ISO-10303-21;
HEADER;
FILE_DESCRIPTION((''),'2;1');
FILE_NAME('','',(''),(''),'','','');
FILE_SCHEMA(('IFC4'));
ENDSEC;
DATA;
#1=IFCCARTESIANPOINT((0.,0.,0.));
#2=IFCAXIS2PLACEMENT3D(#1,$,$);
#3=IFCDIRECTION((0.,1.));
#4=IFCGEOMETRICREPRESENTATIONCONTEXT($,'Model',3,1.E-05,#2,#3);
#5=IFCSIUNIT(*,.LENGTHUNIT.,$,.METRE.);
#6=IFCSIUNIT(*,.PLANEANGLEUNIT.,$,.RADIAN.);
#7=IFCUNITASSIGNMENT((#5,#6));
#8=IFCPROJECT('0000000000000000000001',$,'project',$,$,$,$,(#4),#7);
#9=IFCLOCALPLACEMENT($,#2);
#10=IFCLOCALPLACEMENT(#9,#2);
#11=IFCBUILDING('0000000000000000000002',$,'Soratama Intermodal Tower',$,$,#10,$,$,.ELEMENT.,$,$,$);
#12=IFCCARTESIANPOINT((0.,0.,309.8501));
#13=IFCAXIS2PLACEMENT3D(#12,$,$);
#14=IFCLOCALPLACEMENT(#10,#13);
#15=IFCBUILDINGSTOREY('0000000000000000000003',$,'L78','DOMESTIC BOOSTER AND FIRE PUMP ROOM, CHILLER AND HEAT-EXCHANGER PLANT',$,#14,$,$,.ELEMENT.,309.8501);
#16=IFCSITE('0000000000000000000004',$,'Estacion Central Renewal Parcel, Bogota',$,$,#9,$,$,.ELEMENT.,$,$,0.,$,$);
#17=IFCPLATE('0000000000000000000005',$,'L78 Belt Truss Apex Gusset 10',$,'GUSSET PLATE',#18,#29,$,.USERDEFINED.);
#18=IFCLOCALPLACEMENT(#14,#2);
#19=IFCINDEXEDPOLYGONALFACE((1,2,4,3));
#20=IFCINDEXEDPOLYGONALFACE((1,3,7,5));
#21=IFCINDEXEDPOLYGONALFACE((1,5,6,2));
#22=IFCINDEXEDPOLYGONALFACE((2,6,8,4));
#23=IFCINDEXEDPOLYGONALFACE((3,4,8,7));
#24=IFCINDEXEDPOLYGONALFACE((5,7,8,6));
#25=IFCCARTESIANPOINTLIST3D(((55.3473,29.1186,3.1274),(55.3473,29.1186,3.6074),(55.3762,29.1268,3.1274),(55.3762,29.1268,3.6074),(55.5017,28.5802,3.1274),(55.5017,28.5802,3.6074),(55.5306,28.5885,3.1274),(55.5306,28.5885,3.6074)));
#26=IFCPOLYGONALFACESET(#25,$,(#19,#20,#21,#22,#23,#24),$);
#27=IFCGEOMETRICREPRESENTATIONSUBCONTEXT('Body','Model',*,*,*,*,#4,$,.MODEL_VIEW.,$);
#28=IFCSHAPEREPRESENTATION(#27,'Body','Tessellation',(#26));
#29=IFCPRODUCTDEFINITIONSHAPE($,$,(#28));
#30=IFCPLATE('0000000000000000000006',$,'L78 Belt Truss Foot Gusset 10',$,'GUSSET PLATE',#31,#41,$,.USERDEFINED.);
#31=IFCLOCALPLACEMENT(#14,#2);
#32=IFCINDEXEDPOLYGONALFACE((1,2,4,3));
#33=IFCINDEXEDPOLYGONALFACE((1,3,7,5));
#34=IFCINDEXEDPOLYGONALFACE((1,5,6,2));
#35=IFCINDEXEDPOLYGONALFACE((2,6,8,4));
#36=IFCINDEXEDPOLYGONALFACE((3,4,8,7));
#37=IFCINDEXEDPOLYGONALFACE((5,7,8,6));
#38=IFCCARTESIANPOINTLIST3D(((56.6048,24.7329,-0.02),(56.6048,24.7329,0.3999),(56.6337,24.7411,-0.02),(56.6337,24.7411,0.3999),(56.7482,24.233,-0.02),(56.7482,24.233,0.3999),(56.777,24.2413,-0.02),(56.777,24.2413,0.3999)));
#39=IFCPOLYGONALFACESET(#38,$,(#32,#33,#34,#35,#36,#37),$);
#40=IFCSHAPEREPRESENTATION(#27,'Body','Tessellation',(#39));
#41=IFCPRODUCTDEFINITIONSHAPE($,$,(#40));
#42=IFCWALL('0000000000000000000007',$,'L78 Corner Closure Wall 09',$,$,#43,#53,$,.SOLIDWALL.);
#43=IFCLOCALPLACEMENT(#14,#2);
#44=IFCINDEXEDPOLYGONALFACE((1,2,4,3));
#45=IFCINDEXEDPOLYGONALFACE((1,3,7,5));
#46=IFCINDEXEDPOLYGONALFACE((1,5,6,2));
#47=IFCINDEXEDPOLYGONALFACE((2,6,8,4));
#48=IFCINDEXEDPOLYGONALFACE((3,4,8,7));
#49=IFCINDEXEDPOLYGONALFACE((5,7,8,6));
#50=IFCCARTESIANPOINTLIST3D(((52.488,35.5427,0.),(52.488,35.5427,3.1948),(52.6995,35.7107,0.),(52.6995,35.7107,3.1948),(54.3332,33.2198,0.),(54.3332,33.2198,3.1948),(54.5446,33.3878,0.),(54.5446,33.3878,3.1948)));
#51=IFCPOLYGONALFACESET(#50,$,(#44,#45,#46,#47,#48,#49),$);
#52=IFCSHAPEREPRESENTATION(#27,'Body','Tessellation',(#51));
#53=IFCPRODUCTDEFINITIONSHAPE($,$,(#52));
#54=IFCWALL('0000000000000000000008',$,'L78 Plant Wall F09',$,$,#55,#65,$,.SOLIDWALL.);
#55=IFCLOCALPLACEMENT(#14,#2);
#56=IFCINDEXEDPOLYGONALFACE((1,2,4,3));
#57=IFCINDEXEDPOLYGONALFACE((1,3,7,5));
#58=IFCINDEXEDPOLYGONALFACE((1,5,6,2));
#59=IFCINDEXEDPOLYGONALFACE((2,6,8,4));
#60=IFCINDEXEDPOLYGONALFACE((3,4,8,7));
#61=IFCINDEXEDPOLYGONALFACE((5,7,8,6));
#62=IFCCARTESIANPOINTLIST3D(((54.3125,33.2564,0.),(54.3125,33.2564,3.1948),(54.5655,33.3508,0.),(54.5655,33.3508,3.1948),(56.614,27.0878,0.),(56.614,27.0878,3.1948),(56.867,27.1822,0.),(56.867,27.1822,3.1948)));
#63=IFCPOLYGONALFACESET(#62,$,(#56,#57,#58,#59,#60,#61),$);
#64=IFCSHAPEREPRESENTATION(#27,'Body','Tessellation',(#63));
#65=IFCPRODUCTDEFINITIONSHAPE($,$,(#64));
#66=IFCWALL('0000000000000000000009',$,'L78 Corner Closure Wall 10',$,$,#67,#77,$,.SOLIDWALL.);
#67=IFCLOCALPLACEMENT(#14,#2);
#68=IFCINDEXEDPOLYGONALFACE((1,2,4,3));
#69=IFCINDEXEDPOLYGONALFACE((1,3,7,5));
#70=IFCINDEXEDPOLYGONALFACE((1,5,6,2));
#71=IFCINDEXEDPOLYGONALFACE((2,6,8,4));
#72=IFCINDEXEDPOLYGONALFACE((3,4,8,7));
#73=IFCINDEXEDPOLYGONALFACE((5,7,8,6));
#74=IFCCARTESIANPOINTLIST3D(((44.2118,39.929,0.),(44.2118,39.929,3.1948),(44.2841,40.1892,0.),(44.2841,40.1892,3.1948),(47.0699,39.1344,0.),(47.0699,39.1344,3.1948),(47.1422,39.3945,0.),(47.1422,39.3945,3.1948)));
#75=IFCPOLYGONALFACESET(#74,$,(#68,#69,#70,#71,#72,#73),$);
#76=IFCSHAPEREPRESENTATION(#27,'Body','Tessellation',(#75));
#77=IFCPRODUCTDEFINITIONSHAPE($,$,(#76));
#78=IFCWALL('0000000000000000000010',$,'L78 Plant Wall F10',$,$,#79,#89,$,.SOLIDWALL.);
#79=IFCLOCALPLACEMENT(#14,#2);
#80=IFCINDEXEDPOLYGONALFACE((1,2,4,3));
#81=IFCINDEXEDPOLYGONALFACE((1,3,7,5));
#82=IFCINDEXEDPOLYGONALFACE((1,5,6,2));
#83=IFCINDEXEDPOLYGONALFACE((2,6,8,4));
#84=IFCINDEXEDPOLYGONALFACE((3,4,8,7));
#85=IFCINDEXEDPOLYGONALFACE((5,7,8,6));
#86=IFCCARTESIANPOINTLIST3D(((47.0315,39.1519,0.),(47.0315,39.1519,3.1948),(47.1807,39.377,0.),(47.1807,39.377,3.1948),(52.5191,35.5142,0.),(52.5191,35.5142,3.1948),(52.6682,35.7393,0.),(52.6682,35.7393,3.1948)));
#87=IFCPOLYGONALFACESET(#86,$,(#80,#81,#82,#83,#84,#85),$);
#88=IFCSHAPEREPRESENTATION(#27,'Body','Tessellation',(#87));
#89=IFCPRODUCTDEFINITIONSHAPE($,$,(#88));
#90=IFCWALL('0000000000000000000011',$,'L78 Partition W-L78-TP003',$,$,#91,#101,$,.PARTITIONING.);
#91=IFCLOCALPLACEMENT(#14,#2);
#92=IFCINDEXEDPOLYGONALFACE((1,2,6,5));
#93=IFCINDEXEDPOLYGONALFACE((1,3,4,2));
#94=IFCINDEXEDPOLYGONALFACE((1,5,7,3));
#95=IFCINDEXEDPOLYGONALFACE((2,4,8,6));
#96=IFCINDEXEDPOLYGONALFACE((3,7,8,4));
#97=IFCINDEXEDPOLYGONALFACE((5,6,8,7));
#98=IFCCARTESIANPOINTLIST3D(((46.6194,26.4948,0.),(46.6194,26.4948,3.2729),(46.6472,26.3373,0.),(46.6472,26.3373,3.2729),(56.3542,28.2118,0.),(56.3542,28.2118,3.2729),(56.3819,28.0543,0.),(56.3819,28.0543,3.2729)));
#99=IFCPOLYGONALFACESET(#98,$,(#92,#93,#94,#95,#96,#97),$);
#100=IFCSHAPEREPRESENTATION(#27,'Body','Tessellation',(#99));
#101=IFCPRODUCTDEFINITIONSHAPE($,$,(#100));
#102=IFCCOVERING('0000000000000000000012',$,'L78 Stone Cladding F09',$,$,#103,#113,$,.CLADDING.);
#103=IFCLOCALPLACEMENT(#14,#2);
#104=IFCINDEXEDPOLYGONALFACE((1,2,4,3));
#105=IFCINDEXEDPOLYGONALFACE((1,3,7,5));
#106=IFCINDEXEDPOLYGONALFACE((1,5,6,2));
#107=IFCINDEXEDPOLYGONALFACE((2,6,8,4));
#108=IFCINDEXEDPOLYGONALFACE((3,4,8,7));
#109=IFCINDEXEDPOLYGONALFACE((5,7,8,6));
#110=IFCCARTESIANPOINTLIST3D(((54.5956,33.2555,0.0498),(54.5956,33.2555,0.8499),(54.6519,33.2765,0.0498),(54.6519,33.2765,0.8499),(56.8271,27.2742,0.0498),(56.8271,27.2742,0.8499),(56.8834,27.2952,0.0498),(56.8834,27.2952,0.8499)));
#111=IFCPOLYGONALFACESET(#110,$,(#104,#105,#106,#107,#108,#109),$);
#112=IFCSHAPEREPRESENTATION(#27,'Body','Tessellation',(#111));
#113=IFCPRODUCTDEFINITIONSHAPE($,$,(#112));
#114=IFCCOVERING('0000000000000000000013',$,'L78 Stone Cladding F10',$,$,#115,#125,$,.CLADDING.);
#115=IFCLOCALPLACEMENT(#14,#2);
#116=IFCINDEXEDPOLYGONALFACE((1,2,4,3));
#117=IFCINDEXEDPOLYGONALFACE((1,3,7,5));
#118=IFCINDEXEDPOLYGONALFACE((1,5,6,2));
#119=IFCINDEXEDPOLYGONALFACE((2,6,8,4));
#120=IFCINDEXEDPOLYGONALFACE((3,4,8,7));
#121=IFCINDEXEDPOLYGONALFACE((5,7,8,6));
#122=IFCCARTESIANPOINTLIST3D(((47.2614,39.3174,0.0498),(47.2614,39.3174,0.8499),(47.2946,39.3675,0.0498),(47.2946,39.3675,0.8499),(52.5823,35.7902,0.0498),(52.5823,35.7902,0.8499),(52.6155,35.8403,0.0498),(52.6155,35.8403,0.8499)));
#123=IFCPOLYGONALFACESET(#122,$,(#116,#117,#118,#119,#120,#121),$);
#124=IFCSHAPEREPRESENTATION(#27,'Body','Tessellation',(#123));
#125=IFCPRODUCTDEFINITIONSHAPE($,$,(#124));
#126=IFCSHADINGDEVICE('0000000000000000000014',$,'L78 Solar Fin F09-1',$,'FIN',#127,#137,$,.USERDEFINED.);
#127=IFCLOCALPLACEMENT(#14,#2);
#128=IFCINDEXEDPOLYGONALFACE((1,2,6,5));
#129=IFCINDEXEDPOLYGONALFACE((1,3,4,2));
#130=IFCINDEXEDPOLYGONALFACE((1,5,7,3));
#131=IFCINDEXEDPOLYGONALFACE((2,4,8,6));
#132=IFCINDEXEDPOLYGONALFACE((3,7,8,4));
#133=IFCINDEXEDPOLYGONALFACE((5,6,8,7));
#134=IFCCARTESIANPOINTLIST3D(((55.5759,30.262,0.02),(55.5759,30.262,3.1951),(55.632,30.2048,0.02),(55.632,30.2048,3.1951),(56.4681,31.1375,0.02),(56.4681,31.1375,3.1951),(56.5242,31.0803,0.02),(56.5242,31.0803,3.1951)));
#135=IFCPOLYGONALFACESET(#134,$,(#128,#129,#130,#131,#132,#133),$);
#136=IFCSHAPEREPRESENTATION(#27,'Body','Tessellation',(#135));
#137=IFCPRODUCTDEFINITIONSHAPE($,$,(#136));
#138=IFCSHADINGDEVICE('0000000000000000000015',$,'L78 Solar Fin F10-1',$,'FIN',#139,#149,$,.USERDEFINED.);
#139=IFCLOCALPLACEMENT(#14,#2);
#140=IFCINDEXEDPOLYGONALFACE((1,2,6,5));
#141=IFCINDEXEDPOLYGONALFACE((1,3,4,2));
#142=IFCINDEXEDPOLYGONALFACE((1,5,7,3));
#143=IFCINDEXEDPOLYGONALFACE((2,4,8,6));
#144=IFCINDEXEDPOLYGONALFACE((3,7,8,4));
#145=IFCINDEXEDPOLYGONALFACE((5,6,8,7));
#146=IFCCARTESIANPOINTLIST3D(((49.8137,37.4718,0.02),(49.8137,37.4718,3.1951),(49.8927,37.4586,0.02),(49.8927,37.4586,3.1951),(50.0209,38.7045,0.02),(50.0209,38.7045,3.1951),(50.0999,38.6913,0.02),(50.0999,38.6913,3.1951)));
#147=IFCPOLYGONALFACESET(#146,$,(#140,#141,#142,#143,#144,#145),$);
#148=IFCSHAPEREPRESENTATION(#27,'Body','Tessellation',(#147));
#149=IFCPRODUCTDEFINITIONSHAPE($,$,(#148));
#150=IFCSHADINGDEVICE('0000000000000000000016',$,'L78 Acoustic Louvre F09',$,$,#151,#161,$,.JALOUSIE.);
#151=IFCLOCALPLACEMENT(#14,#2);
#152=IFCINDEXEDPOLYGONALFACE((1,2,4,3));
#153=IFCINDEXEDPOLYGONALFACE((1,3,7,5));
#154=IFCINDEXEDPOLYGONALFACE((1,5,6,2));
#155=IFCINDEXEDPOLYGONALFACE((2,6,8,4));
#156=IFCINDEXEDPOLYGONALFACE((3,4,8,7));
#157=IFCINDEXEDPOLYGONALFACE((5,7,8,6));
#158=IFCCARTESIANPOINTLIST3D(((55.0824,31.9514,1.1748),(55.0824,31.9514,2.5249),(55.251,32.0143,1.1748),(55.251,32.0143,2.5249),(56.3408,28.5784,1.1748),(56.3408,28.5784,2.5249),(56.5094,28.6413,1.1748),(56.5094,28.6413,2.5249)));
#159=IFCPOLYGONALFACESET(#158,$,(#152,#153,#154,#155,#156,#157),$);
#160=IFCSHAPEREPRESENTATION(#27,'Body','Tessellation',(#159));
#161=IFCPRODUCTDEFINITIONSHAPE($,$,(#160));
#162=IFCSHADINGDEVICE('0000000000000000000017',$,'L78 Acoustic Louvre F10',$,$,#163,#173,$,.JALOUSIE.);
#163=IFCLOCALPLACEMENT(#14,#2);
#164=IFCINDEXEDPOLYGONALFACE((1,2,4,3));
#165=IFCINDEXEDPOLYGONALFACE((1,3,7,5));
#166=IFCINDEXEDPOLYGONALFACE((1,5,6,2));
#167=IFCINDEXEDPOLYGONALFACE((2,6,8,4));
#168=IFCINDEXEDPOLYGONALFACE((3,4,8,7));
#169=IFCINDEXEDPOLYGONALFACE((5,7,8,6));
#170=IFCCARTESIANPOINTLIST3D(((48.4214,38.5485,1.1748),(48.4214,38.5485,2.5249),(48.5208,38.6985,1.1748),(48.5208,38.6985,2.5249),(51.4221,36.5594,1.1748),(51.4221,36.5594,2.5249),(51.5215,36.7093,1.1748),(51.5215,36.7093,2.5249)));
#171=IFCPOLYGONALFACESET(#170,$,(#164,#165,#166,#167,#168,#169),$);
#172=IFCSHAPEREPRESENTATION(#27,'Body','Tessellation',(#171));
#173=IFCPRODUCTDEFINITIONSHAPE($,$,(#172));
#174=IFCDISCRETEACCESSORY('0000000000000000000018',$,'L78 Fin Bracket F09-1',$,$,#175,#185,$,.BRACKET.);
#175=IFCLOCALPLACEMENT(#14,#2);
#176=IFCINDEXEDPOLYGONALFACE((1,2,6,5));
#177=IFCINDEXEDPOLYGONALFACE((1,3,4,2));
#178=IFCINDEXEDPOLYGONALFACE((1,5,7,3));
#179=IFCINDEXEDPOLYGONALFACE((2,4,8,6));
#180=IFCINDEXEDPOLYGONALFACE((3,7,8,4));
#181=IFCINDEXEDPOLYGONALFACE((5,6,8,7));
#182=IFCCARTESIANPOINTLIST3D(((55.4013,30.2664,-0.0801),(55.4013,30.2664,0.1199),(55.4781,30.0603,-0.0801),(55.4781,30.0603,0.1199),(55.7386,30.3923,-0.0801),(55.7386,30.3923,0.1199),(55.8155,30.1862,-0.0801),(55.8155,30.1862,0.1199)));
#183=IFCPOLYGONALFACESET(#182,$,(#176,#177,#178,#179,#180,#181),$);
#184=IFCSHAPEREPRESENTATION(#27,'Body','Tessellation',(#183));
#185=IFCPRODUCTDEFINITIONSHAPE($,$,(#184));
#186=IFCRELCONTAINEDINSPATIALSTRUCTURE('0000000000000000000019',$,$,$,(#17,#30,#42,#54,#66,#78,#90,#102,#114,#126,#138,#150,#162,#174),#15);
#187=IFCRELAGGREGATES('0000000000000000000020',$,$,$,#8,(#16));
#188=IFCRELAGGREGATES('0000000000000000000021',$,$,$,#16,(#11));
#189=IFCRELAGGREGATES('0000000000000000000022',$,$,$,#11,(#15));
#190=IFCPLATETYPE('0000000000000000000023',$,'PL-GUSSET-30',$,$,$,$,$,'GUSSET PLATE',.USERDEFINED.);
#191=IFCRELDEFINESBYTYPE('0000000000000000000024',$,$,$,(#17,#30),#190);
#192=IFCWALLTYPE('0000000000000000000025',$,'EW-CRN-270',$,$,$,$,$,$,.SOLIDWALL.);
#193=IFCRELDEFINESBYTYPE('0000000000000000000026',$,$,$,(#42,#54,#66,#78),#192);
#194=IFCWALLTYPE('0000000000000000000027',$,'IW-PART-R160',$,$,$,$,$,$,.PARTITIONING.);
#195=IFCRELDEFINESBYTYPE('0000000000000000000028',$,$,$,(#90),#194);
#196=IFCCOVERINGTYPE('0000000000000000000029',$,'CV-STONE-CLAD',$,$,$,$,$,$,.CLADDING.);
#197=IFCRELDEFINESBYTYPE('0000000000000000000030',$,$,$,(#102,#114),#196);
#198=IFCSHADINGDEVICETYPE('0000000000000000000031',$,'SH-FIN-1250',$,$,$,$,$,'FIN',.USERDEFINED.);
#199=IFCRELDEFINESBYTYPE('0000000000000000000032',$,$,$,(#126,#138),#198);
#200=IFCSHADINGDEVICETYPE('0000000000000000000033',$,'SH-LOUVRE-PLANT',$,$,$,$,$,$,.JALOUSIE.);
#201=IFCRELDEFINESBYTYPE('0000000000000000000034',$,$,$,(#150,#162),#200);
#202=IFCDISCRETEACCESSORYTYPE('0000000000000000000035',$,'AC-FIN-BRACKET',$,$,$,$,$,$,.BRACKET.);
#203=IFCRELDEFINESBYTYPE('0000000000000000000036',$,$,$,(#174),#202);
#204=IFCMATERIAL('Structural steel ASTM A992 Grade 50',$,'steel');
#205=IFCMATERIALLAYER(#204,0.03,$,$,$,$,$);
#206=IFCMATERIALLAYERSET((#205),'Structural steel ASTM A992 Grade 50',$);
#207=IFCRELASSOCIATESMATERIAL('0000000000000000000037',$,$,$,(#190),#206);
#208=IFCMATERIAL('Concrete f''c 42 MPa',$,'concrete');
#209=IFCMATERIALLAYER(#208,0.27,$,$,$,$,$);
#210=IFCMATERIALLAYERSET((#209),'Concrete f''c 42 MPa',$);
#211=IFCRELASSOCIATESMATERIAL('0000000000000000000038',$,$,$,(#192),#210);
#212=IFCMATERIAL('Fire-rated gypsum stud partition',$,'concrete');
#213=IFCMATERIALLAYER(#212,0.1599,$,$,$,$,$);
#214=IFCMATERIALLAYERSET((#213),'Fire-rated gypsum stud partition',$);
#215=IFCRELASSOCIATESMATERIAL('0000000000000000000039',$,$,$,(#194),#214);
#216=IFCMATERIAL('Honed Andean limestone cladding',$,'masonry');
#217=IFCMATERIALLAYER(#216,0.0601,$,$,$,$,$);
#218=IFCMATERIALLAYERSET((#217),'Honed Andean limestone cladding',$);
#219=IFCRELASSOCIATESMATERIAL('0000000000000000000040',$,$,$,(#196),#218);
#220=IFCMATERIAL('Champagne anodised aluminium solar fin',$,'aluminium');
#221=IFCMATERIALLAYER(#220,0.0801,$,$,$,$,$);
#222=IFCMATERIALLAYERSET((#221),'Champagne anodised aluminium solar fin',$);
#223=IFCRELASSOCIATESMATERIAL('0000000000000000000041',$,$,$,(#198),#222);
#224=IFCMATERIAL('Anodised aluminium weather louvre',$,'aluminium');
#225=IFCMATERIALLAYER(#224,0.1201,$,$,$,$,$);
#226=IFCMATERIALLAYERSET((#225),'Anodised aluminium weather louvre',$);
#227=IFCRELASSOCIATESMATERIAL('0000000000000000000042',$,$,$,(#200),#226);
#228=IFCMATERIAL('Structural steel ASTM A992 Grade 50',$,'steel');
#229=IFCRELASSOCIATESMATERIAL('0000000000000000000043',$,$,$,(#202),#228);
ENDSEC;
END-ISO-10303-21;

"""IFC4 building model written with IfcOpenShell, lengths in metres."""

from ifc_helpers import new_model, si_unit, direction, frame, frame_2d, origin, origin_2d, place, context, subcontext, project, spatial, rectangle, extrude, material, layer, layer_set, type_object, element, save


model = new_model("IFC4")

# Units and contexts
model_context = context("Model", 3, precision=1e-05, world=origin(), true_north=direction((0.0, 1.0)))
body_context = subcontext(model_context, "Body", "Model", "MODEL_VIEW")
ifc_project = project(units=[si_unit("LENGTHUNIT", "METRE"), si_unit("PLANEANGLEUNIT", "RADIAN")], contexts=[model_context])

# Site, building, storey
site_placement = place(None, origin())
site = spatial("IfcSite", under=ifc_project, at=site_placement, Name="Estacion Central Renewal Parcel, Bogota", CompositionType="ELEMENT", RefElevation=0.0)
building_placement = place(site_placement, origin())
building = spatial("IfcBuilding", under=site, at=building_placement, Name="Soratama Intermodal Tower", CompositionType="ELEMENT")
storey_placement = place(building_placement, frame((0.0, 0.0, 309.8501)))
storey = spatial("IfcBuildingStorey", under=building, at=storey_placement, Name="L78", Description="DOMESTIC BOOSTER AND FIRE PUMP ROOM, CHILLER AND HEAT-EXCHANGER PLANT", CompositionType="ELEMENT", Elevation=309.8501)

# Plates
ifc_material_1 = material(Name="Structural steel ASTM A992 Grade 50", Category="steel")
ifc_layer_1 = layer(ifc_material_1, 0.03)
ifc_layer_set_1 = layer_set([ifc_layer_1], Name="Structural steel ASTM A992 Grade 50")
plate_type = type_object("IfcPlateType", Name="PL-GUSSET-30", ElementType="GUSSET PLATE", PredefinedType="USERDEFINED", material=ifc_layer_set_1)
plate_1_placement = place(storey_placement, frame((55.439, 28.8535, 3.1274), z_axis=(0.0, 0.0, 1.0), x_axis=(-0.275637, 0.961262, 0.0)))
element("IfcPlate", 1, at=plate_1_placement, inside=storey, type_object=plate_type, Name="L78 Belt Truss Apex Gusset 10", ObjectType="GUSSET PLATE", PredefinedType="USERDEFINED", context=body_context, shape_type="SweptSolid", body=[
    extrude(rectangle(XDim=0.5601, YDim=0.03, at=origin_2d()), origin(), (0.0, 0.0, 1.0), 0.48),
])
plate_2_placement = place(storey_placement, frame((56.6909, 24.4871, -0.02), z_axis=(0.0, 0.0, 1.0), x_axis=(-0.275637, 0.961262, 0.0)))
element("IfcPlate", 2, at=plate_2_placement, inside=storey, type_object=plate_type, Name="L78 Belt Truss Foot Gusset 10", ObjectType="GUSSET PLATE", PredefinedType="USERDEFINED", context=body_context, shape_type="SweptSolid", body=[
    extrude(rectangle(XDim=0.52, YDim=0.03, at=origin_2d()), origin(), (0.0, 0.0, 1.0), 0.4199),
])

# Walls
ifc_material_2 = material(Name="Concrete f'c 42 MPa", Category="concrete")
ifc_layer_2 = layer(ifc_material_2, 0.27)
ifc_layer_set_2 = layer_set([ifc_layer_2], Name="Concrete f'c 42 MPa")
wall_type_1 = type_object("IfcWallType", Name="EW-CRN-270", PredefinedType="SOLIDWALL", material=ifc_layer_set_2)
wall_1_placement = place(storey_placement, frame((54.439, 33.3037, 0.0), z_axis=(0.0, 0.0, 1.0), x_axis=(-0.621982, 0.783032, 0.0)))
element("IfcWall", 3, at=wall_1_placement, inside=storey, type_object=wall_type_1, Name="L78 Corner Closure Wall 09", PredefinedType="SOLIDWALL", context=body_context, shape_type="SweptSolid", body=[
    extrude(rectangle(XDim=2.9666, YDim=0.27, at=frame_2d((1.4834, 0.0))), origin(), (0.0, 0.0, 1.0), 3.1948),
])
wall_2_placement = place(storey_placement, frame((56.7405, 27.135, 0.0), z_axis=(0.0, 0.0, 1.0), x_axis=(-0.349558, 0.936915, 0.0)))
element("IfcWall", 4, at=wall_2_placement, inside=storey, type_object=wall_type_1, Name="L78 Plant Wall F09", PredefinedType="SOLIDWALL", context=body_context, shape_type="SweptSolid", body=[
    extrude(rectangle(XDim=6.584, YDim=0.27, at=frame_2d((3.292, 0.0))), origin(), (0.0, 0.0, 1.0), 3.1948),
])
wall_3_placement = place(storey_placement, frame((47.1062, 39.2644, 0.0), z_axis=(0.0, 0.0, 1.0), x_axis=(-0.963453, 0.267877, 0.0)))
element("IfcWall", 5, at=wall_3_placement, inside=storey, type_object=wall_type_1, Name="L78 Corner Closure Wall 10", PredefinedType="SOLIDWALL", context=body_context, shape_type="SweptSolid", body=[
    extrude(rectangle(XDim=2.9666, YDim=0.27, at=frame_2d((1.4834, 0.0))), origin(), (0.0, 0.0, 1.0), 3.1948),
])
wall_4_placement = place(storey_placement, frame((52.5938, 35.6267, 0.0), z_axis=(0.0, 0.0, 1.0), x_axis=(-0.833497, 0.552525, 0.0)))
element("IfcWall", 6, at=wall_4_placement, inside=storey, type_object=wall_type_1, Name="L78 Plant Wall F10", PredefinedType="SOLIDWALL", context=body_context, shape_type="SweptSolid", body=[
    extrude(rectangle(XDim=6.5837, YDim=0.27, at=frame_2d((3.292, 0.0))), origin(), (0.0, 0.0, 1.0), 3.1948),
])
ifc_material_3 = material(Name="Fire-rated gypsum stud partition", Category="concrete")
ifc_layer_3 = layer(ifc_material_3, 0.1599)
ifc_layer_set_3 = layer_set([ifc_layer_3], Name="Fire-rated gypsum stud partition")
wall_type_2 = type_object("IfcWallType", Name="IW-PART-R160", PredefinedType="PARTITIONING", material=ifc_layer_set_3)
wall_5_placement = place(storey_placement, frame((56.3679, 28.1331, 0.0), z_axis=(0.0, 0.0, 1.0), x_axis=(-0.984799, -0.173699, 0.0)))
element("IfcWall", 7, at=wall_5_placement, inside=storey, type_object=wall_type_2, Name="L78 Partition W-L78-TP003", PredefinedType="PARTITIONING", context=body_context, shape_type="SweptSolid", body=[
    extrude(rectangle(XDim=9.885, YDim=0.1599, at=frame_2d((4.9424, 0.0))), origin(), (0.0, 0.0, 1.0), 3.2729),
])

# Coverings
ifc_material_4 = material(Name="Honed Andean limestone cladding", Category="masonry")
ifc_layer_4 = layer(ifc_material_4, 0.0601)
ifc_layer_set_4 = layer_set([ifc_layer_4], Name="Honed Andean limestone cladding")
covering_type = type_object("IfcCoveringType", Name="CV-STONE-CLAD", PredefinedType="CLADDING", material=ifc_layer_set_4)
covering_1_placement = place(storey_placement, frame((55.7395, 30.2754, 0.0498), z_axis=(0.0, 0.0, 1.0), x_axis=(-0.349553, 0.936916, 0.0)))
element("IfcCovering", 8, at=covering_1_placement, inside=storey, type_object=covering_type, Name="L78 Stone Cladding F09", PredefinedType="CLADDING", context=body_context, shape_type="SweptSolid", body=[
    extrude(rectangle(XDim=6.384, YDim=0.0601, at=origin_2d()), origin(), (0.0, 0.0, 1.0), 0.8),
])
covering_2_placement = place(storey_placement, frame((49.9385, 37.5789, 0.0498), z_axis=(0.0, 0.0, 1.0), x_axis=(-0.8335, 0.552519, 0.0)))
element("IfcCovering", 9, at=covering_2_placement, inside=storey, type_object=covering_type, Name="L78 Stone Cladding F10", PredefinedType="CLADDING", context=body_context, shape_type="SweptSolid", body=[
    extrude(rectangle(XDim=6.3838, YDim=0.0601, at=origin_2d()), origin(), (0.0, 0.0, 1.0), 0.8),
])

# Shading devices
ifc_material_5 = material(Name="Champagne anodised aluminium solar fin", Category="aluminium")
ifc_layer_5 = layer(ifc_material_5, 0.0801)
ifc_layer_set_5 = layer_set([ifc_layer_5], Name="Champagne anodised aluminium solar fin")
shading_device_type_1 = type_object("IfcShadingDeviceType", Name="SH-FIN-1250", ElementType="FIN", PredefinedType="USERDEFINED", material=ifc_layer_set_5)
for number, where, z_axis, x_axis, name in (
    (10, (56.05, 30.6711, 0.02), (0.0, 0.0, 1.0), (0.71374, 0.700411, 0.0), "L78 Solar Fin F09-1"),
    (11, (49.9568, 38.0815, 0.02), (0.0, 0.0, 1.0), (0.165736, 0.98617, 0.0), "L78 Solar Fin F10-1"),
):
    element("IfcShadingDevice", number, at=place(storey_placement, frame(where, z_axis=z_axis, x_axis=x_axis)), inside=storey, type_object=shading_device_type_1, Name=name, ObjectType="FIN", PredefinedType="USERDEFINED", context=body_context, shape_type="SweptSolid", body=[
        extrude(rectangle(XDim=1.25, YDim=0.0801, at=origin_2d()), origin(), (0.0, 0.0, 1.0), 3.175),
    ])
ifc_material_6 = material(Name="Anodised aluminium weather louvre", Category="aluminium")
ifc_layer_6 = layer(ifc_material_6, 0.1201)
ifc_layer_set_6 = layer_set([ifc_layer_6], Name="Anodised aluminium weather louvre")
shading_device_type_2 = type_object("IfcShadingDeviceType", Name="SH-LOUVRE-PLANT", PredefinedType="JALOUSIE", material=ifc_layer_set_6)
for number, where, z_axis, x_axis, name in (
    (12, (55.7959, 30.2964, 1.1748), (0.0, 0.0, 1.0), (-0.349553, 0.936916, 0.0), "L78 Acoustic Louvre F09"),
    (13, (49.9714, 37.6289, 1.1748), (0.0, 0.0, 1.0), (-0.8335, 0.552519, 0.0), "L78 Acoustic Louvre F10"),
):
    element("IfcShadingDevice", number, at=place(storey_placement, frame(where, z_axis=z_axis, x_axis=x_axis)), inside=storey, type_object=shading_device_type_2, Name=name, PredefinedType="JALOUSIE", context=body_context, shape_type="SweptSolid", body=[
        extrude(rectangle(XDim=3.6001, YDim=0.1799, at=origin_2d()), origin(), (0.0, 0.0, 1.0), 1.3501),
    ])

# Discrete accessory
ifc_material_7 = material(Name="Structural steel ASTM A992 Grade 50", Category="steel")
discrete_accessory_type = type_object("IfcDiscreteAccessoryType", Name="AC-FIN-BRACKET", PredefinedType="BRACKET", material=ifc_material_7)
for number, where, z_axis, x_axis, name in (
    (14, (55.6084, 30.2263, -0.0801), (0.0, 0.0, 1.0), (0.936916, 0.349553, 0.0), "L78 Fin Bracket F09-1"),
):
    element("IfcDiscreteAccessory", number, at=place(storey_placement, frame(where, z_axis=z_axis, x_axis=x_axis)), inside=storey, type_object=discrete_accessory_type, Name=name, PredefinedType="BRACKET", context=body_context, shape_type="SweptSolid", body=[
        extrude(rectangle(XDim=0.3601, YDim=0.22, at=origin_2d()), origin(), (0.0, 0.0, 1.0), 0.2),
    ])

save(model, "model.ifc")
